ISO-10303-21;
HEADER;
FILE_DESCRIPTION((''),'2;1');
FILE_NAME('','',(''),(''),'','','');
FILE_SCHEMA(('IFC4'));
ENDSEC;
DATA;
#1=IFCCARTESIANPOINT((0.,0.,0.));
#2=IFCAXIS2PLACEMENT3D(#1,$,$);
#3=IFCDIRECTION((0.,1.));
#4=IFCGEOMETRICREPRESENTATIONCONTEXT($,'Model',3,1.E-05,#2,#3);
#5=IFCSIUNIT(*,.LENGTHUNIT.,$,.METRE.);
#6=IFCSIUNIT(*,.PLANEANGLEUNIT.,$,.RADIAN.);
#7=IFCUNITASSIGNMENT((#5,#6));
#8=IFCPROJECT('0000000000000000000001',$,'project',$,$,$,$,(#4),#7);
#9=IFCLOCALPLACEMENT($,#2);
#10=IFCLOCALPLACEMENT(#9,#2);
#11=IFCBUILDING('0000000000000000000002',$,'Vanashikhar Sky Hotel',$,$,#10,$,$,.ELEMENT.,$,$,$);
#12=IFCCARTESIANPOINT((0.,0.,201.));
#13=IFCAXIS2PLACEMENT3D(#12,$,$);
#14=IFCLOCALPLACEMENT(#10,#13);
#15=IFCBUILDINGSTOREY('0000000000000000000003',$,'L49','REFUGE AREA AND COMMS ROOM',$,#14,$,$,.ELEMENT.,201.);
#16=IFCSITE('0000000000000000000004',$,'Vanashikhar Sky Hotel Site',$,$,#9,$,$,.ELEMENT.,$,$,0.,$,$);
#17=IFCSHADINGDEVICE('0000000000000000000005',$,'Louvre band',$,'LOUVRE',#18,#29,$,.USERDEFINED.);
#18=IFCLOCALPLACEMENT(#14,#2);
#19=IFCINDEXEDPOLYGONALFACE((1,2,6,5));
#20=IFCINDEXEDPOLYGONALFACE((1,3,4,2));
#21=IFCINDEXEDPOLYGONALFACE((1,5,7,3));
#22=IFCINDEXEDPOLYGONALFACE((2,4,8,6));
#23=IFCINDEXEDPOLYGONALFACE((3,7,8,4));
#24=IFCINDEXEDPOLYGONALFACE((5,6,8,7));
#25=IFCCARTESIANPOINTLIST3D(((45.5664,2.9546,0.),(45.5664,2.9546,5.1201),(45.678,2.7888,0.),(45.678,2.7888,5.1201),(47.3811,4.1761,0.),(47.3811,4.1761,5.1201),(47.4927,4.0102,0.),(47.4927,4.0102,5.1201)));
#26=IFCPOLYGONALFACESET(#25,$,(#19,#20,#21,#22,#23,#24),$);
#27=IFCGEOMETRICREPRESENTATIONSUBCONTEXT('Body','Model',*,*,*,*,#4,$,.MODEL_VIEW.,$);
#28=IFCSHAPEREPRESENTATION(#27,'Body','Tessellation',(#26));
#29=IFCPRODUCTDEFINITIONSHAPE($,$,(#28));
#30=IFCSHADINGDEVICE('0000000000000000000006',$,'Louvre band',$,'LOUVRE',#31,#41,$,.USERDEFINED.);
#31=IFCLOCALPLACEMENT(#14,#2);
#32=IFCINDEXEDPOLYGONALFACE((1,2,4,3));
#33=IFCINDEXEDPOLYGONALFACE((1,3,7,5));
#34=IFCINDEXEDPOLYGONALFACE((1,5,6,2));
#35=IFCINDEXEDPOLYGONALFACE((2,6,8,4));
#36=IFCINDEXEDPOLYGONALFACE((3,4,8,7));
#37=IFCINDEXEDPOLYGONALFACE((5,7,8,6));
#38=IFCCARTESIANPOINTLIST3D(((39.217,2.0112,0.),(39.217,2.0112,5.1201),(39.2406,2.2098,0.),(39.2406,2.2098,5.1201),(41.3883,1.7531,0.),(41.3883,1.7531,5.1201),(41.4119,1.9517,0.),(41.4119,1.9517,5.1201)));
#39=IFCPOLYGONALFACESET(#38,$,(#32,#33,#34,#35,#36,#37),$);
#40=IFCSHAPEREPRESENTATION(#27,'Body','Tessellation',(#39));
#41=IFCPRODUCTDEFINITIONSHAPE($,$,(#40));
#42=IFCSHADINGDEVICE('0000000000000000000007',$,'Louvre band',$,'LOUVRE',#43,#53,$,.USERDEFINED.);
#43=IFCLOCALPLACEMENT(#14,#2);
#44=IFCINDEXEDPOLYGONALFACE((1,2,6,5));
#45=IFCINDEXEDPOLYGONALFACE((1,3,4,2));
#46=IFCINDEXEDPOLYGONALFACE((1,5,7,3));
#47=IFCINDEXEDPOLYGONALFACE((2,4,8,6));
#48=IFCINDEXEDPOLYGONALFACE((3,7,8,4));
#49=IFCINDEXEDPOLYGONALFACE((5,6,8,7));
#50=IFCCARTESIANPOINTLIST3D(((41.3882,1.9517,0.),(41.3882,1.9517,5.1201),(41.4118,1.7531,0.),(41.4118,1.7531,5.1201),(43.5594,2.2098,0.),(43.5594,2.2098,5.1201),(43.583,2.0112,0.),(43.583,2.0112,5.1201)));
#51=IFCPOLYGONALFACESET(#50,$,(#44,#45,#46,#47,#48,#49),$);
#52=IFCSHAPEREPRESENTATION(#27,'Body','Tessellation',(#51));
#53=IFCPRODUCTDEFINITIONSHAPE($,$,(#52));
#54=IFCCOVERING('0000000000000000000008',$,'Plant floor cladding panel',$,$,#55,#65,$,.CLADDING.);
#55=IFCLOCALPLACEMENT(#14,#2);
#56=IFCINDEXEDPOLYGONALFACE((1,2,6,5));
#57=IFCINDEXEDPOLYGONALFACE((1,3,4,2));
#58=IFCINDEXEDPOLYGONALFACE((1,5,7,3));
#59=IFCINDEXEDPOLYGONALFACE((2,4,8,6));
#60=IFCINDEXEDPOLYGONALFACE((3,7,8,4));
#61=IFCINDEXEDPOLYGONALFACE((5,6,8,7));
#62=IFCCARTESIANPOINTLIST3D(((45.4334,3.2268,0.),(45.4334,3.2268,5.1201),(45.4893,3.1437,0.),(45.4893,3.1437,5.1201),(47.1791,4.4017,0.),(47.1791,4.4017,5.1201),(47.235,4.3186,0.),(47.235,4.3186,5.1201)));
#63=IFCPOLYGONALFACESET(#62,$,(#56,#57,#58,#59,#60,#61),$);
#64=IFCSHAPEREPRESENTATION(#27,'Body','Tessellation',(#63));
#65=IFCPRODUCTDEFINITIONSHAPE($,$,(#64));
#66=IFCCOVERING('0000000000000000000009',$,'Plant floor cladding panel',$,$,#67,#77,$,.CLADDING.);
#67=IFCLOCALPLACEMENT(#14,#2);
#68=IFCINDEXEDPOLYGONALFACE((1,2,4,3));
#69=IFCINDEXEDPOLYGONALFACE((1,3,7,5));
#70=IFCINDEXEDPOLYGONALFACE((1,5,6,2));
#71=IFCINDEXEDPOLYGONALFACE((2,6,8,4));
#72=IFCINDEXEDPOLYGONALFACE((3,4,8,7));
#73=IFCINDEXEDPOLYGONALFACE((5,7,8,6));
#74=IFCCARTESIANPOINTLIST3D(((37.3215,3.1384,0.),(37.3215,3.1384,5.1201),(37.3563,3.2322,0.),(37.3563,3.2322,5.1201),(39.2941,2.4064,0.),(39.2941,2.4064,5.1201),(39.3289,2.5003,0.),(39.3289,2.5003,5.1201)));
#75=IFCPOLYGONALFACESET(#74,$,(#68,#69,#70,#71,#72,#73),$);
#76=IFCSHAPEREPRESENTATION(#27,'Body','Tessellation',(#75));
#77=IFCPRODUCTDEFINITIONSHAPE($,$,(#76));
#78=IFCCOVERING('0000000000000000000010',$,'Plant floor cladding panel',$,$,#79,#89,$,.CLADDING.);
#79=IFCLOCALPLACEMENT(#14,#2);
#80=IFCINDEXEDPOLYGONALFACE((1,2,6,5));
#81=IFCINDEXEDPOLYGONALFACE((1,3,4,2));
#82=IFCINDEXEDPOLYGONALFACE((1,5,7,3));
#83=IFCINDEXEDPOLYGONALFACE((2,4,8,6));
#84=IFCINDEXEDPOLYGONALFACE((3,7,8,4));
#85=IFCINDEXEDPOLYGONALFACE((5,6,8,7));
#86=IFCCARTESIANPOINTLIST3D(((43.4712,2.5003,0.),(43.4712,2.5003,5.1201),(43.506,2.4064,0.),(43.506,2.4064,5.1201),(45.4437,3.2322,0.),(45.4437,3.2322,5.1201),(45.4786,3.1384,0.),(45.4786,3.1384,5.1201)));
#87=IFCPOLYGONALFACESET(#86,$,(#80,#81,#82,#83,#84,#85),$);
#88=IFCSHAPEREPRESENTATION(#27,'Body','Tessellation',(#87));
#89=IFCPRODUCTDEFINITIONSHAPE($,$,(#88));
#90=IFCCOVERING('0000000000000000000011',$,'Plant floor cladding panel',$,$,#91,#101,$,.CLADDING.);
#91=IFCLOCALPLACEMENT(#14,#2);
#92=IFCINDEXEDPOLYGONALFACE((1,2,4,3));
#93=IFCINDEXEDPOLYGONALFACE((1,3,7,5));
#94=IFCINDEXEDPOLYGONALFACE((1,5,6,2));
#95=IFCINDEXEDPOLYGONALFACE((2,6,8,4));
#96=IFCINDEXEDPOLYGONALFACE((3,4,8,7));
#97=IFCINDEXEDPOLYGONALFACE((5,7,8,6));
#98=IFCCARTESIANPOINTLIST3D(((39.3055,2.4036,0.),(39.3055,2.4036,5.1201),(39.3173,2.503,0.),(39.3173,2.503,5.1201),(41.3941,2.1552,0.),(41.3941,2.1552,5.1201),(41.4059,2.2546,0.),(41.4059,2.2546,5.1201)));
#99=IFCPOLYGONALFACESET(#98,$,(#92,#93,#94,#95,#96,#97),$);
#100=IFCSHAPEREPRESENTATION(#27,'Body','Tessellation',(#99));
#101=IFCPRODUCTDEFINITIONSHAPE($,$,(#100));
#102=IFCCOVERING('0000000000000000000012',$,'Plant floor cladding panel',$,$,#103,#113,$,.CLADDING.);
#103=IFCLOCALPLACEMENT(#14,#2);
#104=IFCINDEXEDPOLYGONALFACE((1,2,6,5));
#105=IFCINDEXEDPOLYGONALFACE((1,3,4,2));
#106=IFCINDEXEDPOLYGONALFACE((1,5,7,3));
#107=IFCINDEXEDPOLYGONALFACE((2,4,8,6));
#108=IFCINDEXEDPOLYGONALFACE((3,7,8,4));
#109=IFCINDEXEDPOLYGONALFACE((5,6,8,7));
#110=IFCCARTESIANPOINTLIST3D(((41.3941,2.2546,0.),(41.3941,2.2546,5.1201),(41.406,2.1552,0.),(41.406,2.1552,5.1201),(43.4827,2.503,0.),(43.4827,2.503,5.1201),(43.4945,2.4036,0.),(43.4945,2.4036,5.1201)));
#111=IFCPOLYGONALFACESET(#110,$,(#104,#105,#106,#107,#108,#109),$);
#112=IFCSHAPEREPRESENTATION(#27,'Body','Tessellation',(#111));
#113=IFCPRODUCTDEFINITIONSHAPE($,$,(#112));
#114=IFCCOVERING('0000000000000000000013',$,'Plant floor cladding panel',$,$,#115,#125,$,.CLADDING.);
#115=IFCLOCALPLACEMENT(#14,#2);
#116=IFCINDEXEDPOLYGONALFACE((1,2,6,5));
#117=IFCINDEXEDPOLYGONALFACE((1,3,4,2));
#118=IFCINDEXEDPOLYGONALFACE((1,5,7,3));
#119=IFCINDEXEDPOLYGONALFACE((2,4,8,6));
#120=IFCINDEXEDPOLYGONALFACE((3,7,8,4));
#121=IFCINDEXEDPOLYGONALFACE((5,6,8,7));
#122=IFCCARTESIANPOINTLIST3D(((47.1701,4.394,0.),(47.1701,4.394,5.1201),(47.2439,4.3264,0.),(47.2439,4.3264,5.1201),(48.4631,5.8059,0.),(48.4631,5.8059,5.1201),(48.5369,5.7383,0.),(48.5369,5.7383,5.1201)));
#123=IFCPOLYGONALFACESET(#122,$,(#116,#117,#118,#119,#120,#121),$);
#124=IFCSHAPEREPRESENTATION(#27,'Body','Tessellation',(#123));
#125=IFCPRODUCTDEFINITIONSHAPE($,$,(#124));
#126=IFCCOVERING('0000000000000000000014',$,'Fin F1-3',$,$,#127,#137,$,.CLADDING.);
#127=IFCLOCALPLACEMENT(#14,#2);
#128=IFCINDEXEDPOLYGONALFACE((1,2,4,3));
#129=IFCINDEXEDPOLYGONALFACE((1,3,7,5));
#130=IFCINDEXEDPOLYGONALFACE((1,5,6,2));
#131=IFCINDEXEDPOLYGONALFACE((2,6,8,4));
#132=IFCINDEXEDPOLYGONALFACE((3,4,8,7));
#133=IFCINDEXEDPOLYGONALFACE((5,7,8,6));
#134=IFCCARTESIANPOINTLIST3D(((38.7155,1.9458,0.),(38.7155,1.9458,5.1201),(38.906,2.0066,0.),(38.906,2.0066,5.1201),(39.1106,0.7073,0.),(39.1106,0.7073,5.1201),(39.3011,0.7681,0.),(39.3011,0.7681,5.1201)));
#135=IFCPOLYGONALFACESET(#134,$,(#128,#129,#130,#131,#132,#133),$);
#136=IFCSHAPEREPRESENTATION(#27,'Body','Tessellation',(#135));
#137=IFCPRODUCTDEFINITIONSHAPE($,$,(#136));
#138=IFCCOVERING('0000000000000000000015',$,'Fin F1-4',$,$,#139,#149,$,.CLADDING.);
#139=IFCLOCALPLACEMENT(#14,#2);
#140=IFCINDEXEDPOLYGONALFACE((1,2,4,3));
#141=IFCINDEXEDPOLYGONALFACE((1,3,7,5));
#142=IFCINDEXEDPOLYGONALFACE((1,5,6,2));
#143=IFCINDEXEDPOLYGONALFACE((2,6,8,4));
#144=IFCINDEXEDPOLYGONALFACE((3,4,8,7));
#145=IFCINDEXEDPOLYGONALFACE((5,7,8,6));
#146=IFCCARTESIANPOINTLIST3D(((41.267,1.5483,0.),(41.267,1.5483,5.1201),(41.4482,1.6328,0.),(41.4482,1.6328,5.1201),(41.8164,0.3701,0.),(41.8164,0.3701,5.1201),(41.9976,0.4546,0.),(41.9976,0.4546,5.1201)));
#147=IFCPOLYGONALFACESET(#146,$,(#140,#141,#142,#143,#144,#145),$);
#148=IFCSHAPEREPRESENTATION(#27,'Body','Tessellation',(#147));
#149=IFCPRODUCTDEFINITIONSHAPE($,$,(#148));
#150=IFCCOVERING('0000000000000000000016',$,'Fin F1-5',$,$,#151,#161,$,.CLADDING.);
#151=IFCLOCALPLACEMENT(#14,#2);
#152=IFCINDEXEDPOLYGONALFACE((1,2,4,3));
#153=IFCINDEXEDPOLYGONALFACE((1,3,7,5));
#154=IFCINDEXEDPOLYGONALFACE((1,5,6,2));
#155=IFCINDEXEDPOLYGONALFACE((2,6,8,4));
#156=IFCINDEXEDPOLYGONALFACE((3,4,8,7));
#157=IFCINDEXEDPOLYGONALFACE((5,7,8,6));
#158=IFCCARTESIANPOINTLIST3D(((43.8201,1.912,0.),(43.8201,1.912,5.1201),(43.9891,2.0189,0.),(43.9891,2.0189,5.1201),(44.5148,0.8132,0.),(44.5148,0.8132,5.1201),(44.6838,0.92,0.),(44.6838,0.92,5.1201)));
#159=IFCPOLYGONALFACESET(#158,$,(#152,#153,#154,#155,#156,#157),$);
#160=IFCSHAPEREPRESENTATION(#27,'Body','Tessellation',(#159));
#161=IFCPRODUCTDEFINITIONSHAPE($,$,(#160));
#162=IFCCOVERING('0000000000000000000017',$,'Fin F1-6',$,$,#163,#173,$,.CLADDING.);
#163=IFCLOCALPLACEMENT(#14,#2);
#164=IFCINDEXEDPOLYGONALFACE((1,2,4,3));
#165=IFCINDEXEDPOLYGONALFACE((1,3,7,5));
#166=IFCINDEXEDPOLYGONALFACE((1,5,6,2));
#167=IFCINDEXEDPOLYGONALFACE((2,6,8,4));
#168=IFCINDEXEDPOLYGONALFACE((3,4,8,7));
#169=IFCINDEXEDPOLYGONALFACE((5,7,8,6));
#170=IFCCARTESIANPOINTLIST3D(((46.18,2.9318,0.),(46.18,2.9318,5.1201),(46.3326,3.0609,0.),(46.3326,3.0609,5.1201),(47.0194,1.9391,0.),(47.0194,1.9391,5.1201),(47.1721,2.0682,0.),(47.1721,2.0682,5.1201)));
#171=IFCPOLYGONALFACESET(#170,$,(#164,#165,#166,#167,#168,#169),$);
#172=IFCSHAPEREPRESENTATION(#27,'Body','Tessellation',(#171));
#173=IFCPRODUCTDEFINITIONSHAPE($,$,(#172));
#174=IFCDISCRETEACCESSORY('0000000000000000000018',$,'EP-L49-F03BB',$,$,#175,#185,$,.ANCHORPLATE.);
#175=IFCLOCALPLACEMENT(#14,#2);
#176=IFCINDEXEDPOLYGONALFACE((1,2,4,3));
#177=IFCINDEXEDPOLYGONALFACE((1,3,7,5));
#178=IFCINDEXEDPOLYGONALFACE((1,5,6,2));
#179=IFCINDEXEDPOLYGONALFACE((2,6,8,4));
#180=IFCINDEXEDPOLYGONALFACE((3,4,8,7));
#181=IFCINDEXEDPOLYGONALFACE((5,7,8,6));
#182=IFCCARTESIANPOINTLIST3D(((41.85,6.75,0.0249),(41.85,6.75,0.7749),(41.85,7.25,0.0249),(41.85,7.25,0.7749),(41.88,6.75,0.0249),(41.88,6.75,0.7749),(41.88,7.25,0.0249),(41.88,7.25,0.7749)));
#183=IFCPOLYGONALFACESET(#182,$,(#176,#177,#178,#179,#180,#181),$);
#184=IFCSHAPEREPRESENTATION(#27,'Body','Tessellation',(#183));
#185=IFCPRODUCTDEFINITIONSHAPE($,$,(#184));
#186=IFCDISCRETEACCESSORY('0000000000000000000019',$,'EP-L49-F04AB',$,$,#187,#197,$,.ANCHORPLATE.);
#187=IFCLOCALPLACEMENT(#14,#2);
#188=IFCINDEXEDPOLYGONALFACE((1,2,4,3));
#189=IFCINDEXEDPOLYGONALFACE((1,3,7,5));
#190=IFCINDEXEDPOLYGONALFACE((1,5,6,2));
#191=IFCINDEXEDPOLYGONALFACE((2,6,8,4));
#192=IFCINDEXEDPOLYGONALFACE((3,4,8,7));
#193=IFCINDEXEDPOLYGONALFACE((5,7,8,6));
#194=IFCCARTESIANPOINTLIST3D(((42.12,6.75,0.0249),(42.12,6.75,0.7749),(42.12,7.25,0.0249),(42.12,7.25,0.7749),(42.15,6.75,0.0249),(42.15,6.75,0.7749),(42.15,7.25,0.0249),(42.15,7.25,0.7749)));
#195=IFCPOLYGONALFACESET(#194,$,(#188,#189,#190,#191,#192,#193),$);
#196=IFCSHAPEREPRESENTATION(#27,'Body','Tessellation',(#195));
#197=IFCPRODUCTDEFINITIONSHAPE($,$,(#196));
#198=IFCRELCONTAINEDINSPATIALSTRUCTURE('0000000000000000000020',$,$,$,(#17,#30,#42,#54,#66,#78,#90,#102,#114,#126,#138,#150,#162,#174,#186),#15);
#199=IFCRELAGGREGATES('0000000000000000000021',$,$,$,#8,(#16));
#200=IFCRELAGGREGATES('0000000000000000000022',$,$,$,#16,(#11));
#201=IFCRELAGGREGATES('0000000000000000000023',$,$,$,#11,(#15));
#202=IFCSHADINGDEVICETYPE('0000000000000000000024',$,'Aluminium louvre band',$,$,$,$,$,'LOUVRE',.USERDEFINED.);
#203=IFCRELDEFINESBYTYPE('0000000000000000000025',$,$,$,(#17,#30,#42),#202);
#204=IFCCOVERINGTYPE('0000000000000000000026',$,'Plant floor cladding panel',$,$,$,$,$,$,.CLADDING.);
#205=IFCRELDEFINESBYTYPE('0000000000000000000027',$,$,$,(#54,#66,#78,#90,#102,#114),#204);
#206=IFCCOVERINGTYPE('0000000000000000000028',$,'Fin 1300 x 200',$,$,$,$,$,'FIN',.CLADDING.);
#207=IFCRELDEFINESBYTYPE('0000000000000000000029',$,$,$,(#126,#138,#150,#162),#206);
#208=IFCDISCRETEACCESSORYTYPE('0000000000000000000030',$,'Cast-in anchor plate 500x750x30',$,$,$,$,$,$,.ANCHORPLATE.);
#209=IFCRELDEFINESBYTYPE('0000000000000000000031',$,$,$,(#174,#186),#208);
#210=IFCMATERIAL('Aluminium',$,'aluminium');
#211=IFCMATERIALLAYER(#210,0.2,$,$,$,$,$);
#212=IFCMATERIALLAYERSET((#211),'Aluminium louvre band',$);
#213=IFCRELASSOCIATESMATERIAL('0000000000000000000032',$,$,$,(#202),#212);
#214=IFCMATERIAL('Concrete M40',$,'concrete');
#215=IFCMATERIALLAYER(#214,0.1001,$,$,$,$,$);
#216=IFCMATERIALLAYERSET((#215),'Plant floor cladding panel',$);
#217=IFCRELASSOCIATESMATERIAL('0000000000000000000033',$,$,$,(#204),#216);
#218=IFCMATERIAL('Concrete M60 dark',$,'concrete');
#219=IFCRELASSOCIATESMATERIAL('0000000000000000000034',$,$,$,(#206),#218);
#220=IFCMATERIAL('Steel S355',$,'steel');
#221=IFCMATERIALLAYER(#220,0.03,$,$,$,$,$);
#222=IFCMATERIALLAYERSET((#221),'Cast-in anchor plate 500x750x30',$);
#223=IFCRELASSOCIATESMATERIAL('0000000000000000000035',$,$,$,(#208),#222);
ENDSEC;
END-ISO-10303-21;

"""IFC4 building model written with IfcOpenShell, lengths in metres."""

from ifc_helpers import new_model, si_unit, direction, frame, origin, origin_2d, place, context, subcontext, project, spatial, rectangle, extrude, source, transform, mapped, material, layer, layer_set, material_profile, profile_set, type_object, element, save


model = new_model("IFC4")

# Units and contexts
model_context = context("Model", 3, precision=1e-05, world=origin(), true_north=direction((0.0, 1.0)))
body_context = subcontext(model_context, "Body", "Model", "MODEL_VIEW")
ifc_project = project(units=[si_unit("LENGTHUNIT", "METRE"), si_unit("PLANEANGLEUNIT", "RADIAN")], contexts=[model_context])

# Site, building, storey
site_placement = place(None, origin())
site = spatial("IfcSite", under=ifc_project, at=site_placement, Name="Vanashikhar Sky Hotel Site", CompositionType="ELEMENT", RefElevation=0.0)
building_placement = place(site_placement, origin())
building = spatial("IfcBuilding", under=site, at=building_placement, Name="Vanashikhar Sky Hotel", CompositionType="ELEMENT")
storey_placement = place(building_placement, frame((0.0, 0.0, 201.0)))
storey = spatial("IfcBuildingStorey", under=building, at=storey_placement, Name="L49", Description="REFUGE AREA AND COMMS ROOM", CompositionType="ELEMENT", Elevation=201.0)

# Shared definitions
ifc_material_1 = material(Name="Steel S355", Category="steel")

# Shading devices
ifc_material_2 = material(Name="Aluminium", Category="aluminium")
ifc_layer_1 = layer(ifc_material_2, 0.2)
ifc_layer_set_1 = layer_set([ifc_layer_1], Name="Aluminium louvre band")
shading_device_type = type_object("IfcShadingDeviceType", Name="Aluminium louvre band", ElementType="LOUVRE", PredefinedType="USERDEFINED", material=ifc_layer_set_1)
shared_shape_1 = source(origin(), body_context, "Body", "SweptSolid", [
    extrude(rectangle(XDim=2.1875, YDim=0.2, at=origin_2d()), origin(), (0.0, 0.0, 1.0), 5.1201),
])
for number, where, z_axis, x_axis, name in (
    (1, (46.5295, 3.4824, 0.0), (0.0, 0.0, 1.0), (0.829584, 0.558382, 0.0), "Louvre band"),
):
    element("IfcShadingDevice", number, at=place(storey_placement, frame(where, z_axis=z_axis, x_axis=x_axis)), inside=storey, type_object=shading_device_type, Name=name, ObjectType="LOUVRE", PredefinedType="USERDEFINED", context=body_context, shape_type="MappedRepresentation", body=[
        mapped(shared_shape_1, transform((0.0, 0.0, 0.0), scale=1.0)),
    ])
shared_shape_2 = source(origin(), body_context, "Body", "SweptSolid", [
    extrude(rectangle(XDim=2.1865, YDim=0.2, at=origin_2d()), origin(), (0.0, 0.0, 1.0), 5.1201),
])
for number, where, z_axis, x_axis, name in (
    (2, (40.3145, 1.9814, 0.0), (0.0, 0.0, 1.0), (0.993009, -0.11804, 0.0), "Louvre band"),
    (3, (42.4856, 1.9814, 0.0), (0.0, 0.0, 1.0), (0.993009, 0.11804, 0.0), "Louvre band"),
):
    element("IfcShadingDevice", number, at=place(storey_placement, frame(where, z_axis=z_axis, x_axis=x_axis)), inside=storey, type_object=shading_device_type, Name=name, ObjectType="LOUVRE", PredefinedType="USERDEFINED", context=body_context, shape_type="MappedRepresentation", body=[
        mapped(shared_shape_2, transform((0.0, 0.0, 0.0), scale=1.0)),
    ])

# Coverings
ifc_material_3 = material(Name="Concrete M40", Category="concrete")
ifc_layer_2 = layer(ifc_material_3, 0.1001)
ifc_layer_set_2 = layer_set([ifc_layer_2], Name="Plant floor cladding panel")
covering_type_1 = type_object("IfcCoveringType", Name="Plant floor cladding panel", PredefinedType="CLADDING", material=ifc_layer_set_2)
shared_shape_3 = source(origin(), body_context, "Body", "SweptSolid", [
    extrude(rectangle(XDim=2.1042, YDim=0.1001, at=origin_2d()), origin(), (0.0, 0.0, 1.0), 5.1201),
])
covering_1_placement = place(storey_placement, frame((46.3342, 3.7727, 0.0), z_axis=(0.0, 0.0, 1.0), x_axis=(0.829603, 0.558353, 0.0)))
element("IfcCovering", 4, at=covering_1_placement, inside=storey, type_object=covering_type_1, Name="Plant floor cladding panel", PredefinedType="CLADDING", context=body_context, shape_type="MappedRepresentation", body=[
    mapped(shared_shape_3, transform((0.0, 0.0, 0.0), scale=1.0)),
])
shared_shape_4 = source(origin(), body_context, "Body", "SweptSolid", [
    extrude(rectangle(XDim=2.104, YDim=0.1001, at=origin_2d()), origin(), (0.0, 0.0, 1.0), 5.1201),
])
for number, where, z_axis, x_axis, name in (
    (5, (38.3252, 2.8193, 0.0), (0.0, 0.0, 1.0), (0.937537, -0.347885, 0.0), "Plant floor cladding panel"),
    (6, (44.4749, 2.8193, 0.0), (0.0, 0.0, 1.0), (0.937537, 0.347885, 0.0), "Plant floor cladding panel"),
):
    element("IfcCovering", number, at=place(storey_placement, frame(where, z_axis=z_axis, x_axis=x_axis)), inside=storey, type_object=covering_type_1, Name=name, PredefinedType="CLADDING", context=body_context, shape_type="MappedRepresentation", body=[
        mapped(shared_shape_4, transform((0.0, 0.0, 0.0), scale=1.0)),
    ])
shared_shape_5 = source(origin(), body_context, "Body", "SweptSolid", [
    extrude(rectangle(XDim=2.1033, YDim=0.1001, at=origin_2d()), origin(), (0.0, 0.0, 1.0), 5.1201),
])
for number, where, z_axis, x_axis, name in (
    (7, (40.3557, 2.3291, 0.0), (0.0, 0.0, 1.0), (0.993003, -0.118092, 0.0), "Plant floor cladding panel"),
    (8, (42.4443, 2.3291, 0.0), (0.0, 0.0, 1.0), (0.993003, 0.118092, 0.0), "Plant floor cladding panel"),
):
    element("IfcCovering", number, at=place(storey_placement, frame(where, z_axis=z_axis, x_axis=x_axis)), inside=storey, type_object=covering_type_1, Name=name, PredefinedType="CLADDING", context=body_context, shape_type="MappedRepresentation", body=[
        mapped(shared_shape_5, transform((0.0, 0.0, 0.0), scale=1.0)),
    ])
shared_shape_6 = source(origin(), body_context, "Body", "SweptSolid", [
    extrude(rectangle(XDim=1.9146, YDim=0.1001, at=origin_2d()), origin(), (0.0, 0.0, 1.0), 5.1201),
])
covering_2_placement = place(storey_placement, frame((47.8535, 5.0662, 0.0), z_axis=(0.0, 0.0, 1.0), x_axis=(0.675371, 0.737478, 0.0)))
element("IfcCovering", 9, at=covering_2_placement, inside=storey, type_object=covering_type_1, Name="Plant floor cladding panel", PredefinedType="CLADDING", context=body_context, shape_type="MappedRepresentation", body=[
    mapped(shared_shape_6, transform((0.0, 0.0, 0.0), scale=1.0)),
])
ifc_material_4 = material(Name="Concrete M60 dark", Category="concrete")
ifc_material_profile_1 = material_profile(ifc_material_4, rectangle(XDim=1.3, YDim=0.2, at=origin_2d()))
ifc_profile_set_1 = profile_set([ifc_material_profile_1], Name="Fin 1300 x 200")
covering_type_2 = type_object("IfcCoveringType", Name="Fin 1300 x 200", ElementType="FIN", PredefinedType="CLADDING", material=ifc_profile_set_1)
shared_shape_7 = source(origin(), body_context, "Body", "SweptSolid", [
    extrude(rectangle(XDim=1.3, YDim=0.2, at=origin_2d()), origin(), (0.0, 0.0, 1.0), 5.1201),
])
for number, where, z_axis, x_axis, name in (
    (10, (39.0083, 1.3569, 0.0), (0.0, 0.0, 1.0), (0.303967, -0.952683, 0.0), "Fin F1-3"),
    (11, (41.6323, 1.0015, 0.0), (0.0, 0.0, 1.0), (0.422618, -0.906308, 0.0), "Fin F1-4"),
    (12, (44.252, 1.416, 0.0), (0.0, 0.0, 1.0), (0.534411, -0.845225, 0.0), "Fin F1-5"),
    (13, (46.676, 2.5, 0.0), (0.0, 0.0, 1.0), (0.645698, -0.763593, 0.0), "Fin F1-6"),
):
    element("IfcCovering", number, at=place(storey_placement, frame(where, z_axis=z_axis, x_axis=x_axis)), inside=storey, type_object=covering_type_2, Name=name, PredefinedType="CLADDING", context=body_context, shape_type="MappedRepresentation", body=[
        mapped(shared_shape_7, transform((0.0, 0.0, 0.0), scale=1.0)),
    ])

# Discrete accessories
ifc_layer_3 = layer(ifc_material_1, 0.03)
ifc_layer_set_3 = layer_set([ifc_layer_3], Name="Cast-in anchor plate 500x750x30")
discrete_accessory_type_1 = type_object("IfcDiscreteAccessoryType", Name="Cast-in anchor plate 500x750x30", PredefinedType="ANCHORPLATE", material=ifc_layer_set_3)
shared_shape_8 = source(origin(), body_context, "Body", "SweptSolid", [
    extrude(rectangle(XDim=0.03, YDim=0.5, at=origin_2d()), origin(), (0.0, 0.0, 1.0), 0.75),
])
for number, where, z_axis, x_axis, name in (
    (14, (41.865, 7.0, 0.0249), (0.0, 0.0, 1.0), (1.0, 0.0, 0.0), "EP-L49-F03BB"),
    (15, (42.135, 7.0, 0.0249), (0.0, 0.0, 1.0), (1.0, 0.0, 0.0), "EP-L49-F04AB"),
):
    element("IfcDiscreteAccessory", number, at=place(storey_placement, frame(where, z_axis=z_axis, x_axis=x_axis)), inside=storey, type_object=discrete_accessory_type_1, Name=name, PredefinedType="ANCHORPLATE", context=body_context, shape_type="MappedRepresentation", body=[
        mapped(shared_shape_8, transform((0.0, 0.0, 0.0), scale=1.0)),
    ])

save(model, "model.ifc")
